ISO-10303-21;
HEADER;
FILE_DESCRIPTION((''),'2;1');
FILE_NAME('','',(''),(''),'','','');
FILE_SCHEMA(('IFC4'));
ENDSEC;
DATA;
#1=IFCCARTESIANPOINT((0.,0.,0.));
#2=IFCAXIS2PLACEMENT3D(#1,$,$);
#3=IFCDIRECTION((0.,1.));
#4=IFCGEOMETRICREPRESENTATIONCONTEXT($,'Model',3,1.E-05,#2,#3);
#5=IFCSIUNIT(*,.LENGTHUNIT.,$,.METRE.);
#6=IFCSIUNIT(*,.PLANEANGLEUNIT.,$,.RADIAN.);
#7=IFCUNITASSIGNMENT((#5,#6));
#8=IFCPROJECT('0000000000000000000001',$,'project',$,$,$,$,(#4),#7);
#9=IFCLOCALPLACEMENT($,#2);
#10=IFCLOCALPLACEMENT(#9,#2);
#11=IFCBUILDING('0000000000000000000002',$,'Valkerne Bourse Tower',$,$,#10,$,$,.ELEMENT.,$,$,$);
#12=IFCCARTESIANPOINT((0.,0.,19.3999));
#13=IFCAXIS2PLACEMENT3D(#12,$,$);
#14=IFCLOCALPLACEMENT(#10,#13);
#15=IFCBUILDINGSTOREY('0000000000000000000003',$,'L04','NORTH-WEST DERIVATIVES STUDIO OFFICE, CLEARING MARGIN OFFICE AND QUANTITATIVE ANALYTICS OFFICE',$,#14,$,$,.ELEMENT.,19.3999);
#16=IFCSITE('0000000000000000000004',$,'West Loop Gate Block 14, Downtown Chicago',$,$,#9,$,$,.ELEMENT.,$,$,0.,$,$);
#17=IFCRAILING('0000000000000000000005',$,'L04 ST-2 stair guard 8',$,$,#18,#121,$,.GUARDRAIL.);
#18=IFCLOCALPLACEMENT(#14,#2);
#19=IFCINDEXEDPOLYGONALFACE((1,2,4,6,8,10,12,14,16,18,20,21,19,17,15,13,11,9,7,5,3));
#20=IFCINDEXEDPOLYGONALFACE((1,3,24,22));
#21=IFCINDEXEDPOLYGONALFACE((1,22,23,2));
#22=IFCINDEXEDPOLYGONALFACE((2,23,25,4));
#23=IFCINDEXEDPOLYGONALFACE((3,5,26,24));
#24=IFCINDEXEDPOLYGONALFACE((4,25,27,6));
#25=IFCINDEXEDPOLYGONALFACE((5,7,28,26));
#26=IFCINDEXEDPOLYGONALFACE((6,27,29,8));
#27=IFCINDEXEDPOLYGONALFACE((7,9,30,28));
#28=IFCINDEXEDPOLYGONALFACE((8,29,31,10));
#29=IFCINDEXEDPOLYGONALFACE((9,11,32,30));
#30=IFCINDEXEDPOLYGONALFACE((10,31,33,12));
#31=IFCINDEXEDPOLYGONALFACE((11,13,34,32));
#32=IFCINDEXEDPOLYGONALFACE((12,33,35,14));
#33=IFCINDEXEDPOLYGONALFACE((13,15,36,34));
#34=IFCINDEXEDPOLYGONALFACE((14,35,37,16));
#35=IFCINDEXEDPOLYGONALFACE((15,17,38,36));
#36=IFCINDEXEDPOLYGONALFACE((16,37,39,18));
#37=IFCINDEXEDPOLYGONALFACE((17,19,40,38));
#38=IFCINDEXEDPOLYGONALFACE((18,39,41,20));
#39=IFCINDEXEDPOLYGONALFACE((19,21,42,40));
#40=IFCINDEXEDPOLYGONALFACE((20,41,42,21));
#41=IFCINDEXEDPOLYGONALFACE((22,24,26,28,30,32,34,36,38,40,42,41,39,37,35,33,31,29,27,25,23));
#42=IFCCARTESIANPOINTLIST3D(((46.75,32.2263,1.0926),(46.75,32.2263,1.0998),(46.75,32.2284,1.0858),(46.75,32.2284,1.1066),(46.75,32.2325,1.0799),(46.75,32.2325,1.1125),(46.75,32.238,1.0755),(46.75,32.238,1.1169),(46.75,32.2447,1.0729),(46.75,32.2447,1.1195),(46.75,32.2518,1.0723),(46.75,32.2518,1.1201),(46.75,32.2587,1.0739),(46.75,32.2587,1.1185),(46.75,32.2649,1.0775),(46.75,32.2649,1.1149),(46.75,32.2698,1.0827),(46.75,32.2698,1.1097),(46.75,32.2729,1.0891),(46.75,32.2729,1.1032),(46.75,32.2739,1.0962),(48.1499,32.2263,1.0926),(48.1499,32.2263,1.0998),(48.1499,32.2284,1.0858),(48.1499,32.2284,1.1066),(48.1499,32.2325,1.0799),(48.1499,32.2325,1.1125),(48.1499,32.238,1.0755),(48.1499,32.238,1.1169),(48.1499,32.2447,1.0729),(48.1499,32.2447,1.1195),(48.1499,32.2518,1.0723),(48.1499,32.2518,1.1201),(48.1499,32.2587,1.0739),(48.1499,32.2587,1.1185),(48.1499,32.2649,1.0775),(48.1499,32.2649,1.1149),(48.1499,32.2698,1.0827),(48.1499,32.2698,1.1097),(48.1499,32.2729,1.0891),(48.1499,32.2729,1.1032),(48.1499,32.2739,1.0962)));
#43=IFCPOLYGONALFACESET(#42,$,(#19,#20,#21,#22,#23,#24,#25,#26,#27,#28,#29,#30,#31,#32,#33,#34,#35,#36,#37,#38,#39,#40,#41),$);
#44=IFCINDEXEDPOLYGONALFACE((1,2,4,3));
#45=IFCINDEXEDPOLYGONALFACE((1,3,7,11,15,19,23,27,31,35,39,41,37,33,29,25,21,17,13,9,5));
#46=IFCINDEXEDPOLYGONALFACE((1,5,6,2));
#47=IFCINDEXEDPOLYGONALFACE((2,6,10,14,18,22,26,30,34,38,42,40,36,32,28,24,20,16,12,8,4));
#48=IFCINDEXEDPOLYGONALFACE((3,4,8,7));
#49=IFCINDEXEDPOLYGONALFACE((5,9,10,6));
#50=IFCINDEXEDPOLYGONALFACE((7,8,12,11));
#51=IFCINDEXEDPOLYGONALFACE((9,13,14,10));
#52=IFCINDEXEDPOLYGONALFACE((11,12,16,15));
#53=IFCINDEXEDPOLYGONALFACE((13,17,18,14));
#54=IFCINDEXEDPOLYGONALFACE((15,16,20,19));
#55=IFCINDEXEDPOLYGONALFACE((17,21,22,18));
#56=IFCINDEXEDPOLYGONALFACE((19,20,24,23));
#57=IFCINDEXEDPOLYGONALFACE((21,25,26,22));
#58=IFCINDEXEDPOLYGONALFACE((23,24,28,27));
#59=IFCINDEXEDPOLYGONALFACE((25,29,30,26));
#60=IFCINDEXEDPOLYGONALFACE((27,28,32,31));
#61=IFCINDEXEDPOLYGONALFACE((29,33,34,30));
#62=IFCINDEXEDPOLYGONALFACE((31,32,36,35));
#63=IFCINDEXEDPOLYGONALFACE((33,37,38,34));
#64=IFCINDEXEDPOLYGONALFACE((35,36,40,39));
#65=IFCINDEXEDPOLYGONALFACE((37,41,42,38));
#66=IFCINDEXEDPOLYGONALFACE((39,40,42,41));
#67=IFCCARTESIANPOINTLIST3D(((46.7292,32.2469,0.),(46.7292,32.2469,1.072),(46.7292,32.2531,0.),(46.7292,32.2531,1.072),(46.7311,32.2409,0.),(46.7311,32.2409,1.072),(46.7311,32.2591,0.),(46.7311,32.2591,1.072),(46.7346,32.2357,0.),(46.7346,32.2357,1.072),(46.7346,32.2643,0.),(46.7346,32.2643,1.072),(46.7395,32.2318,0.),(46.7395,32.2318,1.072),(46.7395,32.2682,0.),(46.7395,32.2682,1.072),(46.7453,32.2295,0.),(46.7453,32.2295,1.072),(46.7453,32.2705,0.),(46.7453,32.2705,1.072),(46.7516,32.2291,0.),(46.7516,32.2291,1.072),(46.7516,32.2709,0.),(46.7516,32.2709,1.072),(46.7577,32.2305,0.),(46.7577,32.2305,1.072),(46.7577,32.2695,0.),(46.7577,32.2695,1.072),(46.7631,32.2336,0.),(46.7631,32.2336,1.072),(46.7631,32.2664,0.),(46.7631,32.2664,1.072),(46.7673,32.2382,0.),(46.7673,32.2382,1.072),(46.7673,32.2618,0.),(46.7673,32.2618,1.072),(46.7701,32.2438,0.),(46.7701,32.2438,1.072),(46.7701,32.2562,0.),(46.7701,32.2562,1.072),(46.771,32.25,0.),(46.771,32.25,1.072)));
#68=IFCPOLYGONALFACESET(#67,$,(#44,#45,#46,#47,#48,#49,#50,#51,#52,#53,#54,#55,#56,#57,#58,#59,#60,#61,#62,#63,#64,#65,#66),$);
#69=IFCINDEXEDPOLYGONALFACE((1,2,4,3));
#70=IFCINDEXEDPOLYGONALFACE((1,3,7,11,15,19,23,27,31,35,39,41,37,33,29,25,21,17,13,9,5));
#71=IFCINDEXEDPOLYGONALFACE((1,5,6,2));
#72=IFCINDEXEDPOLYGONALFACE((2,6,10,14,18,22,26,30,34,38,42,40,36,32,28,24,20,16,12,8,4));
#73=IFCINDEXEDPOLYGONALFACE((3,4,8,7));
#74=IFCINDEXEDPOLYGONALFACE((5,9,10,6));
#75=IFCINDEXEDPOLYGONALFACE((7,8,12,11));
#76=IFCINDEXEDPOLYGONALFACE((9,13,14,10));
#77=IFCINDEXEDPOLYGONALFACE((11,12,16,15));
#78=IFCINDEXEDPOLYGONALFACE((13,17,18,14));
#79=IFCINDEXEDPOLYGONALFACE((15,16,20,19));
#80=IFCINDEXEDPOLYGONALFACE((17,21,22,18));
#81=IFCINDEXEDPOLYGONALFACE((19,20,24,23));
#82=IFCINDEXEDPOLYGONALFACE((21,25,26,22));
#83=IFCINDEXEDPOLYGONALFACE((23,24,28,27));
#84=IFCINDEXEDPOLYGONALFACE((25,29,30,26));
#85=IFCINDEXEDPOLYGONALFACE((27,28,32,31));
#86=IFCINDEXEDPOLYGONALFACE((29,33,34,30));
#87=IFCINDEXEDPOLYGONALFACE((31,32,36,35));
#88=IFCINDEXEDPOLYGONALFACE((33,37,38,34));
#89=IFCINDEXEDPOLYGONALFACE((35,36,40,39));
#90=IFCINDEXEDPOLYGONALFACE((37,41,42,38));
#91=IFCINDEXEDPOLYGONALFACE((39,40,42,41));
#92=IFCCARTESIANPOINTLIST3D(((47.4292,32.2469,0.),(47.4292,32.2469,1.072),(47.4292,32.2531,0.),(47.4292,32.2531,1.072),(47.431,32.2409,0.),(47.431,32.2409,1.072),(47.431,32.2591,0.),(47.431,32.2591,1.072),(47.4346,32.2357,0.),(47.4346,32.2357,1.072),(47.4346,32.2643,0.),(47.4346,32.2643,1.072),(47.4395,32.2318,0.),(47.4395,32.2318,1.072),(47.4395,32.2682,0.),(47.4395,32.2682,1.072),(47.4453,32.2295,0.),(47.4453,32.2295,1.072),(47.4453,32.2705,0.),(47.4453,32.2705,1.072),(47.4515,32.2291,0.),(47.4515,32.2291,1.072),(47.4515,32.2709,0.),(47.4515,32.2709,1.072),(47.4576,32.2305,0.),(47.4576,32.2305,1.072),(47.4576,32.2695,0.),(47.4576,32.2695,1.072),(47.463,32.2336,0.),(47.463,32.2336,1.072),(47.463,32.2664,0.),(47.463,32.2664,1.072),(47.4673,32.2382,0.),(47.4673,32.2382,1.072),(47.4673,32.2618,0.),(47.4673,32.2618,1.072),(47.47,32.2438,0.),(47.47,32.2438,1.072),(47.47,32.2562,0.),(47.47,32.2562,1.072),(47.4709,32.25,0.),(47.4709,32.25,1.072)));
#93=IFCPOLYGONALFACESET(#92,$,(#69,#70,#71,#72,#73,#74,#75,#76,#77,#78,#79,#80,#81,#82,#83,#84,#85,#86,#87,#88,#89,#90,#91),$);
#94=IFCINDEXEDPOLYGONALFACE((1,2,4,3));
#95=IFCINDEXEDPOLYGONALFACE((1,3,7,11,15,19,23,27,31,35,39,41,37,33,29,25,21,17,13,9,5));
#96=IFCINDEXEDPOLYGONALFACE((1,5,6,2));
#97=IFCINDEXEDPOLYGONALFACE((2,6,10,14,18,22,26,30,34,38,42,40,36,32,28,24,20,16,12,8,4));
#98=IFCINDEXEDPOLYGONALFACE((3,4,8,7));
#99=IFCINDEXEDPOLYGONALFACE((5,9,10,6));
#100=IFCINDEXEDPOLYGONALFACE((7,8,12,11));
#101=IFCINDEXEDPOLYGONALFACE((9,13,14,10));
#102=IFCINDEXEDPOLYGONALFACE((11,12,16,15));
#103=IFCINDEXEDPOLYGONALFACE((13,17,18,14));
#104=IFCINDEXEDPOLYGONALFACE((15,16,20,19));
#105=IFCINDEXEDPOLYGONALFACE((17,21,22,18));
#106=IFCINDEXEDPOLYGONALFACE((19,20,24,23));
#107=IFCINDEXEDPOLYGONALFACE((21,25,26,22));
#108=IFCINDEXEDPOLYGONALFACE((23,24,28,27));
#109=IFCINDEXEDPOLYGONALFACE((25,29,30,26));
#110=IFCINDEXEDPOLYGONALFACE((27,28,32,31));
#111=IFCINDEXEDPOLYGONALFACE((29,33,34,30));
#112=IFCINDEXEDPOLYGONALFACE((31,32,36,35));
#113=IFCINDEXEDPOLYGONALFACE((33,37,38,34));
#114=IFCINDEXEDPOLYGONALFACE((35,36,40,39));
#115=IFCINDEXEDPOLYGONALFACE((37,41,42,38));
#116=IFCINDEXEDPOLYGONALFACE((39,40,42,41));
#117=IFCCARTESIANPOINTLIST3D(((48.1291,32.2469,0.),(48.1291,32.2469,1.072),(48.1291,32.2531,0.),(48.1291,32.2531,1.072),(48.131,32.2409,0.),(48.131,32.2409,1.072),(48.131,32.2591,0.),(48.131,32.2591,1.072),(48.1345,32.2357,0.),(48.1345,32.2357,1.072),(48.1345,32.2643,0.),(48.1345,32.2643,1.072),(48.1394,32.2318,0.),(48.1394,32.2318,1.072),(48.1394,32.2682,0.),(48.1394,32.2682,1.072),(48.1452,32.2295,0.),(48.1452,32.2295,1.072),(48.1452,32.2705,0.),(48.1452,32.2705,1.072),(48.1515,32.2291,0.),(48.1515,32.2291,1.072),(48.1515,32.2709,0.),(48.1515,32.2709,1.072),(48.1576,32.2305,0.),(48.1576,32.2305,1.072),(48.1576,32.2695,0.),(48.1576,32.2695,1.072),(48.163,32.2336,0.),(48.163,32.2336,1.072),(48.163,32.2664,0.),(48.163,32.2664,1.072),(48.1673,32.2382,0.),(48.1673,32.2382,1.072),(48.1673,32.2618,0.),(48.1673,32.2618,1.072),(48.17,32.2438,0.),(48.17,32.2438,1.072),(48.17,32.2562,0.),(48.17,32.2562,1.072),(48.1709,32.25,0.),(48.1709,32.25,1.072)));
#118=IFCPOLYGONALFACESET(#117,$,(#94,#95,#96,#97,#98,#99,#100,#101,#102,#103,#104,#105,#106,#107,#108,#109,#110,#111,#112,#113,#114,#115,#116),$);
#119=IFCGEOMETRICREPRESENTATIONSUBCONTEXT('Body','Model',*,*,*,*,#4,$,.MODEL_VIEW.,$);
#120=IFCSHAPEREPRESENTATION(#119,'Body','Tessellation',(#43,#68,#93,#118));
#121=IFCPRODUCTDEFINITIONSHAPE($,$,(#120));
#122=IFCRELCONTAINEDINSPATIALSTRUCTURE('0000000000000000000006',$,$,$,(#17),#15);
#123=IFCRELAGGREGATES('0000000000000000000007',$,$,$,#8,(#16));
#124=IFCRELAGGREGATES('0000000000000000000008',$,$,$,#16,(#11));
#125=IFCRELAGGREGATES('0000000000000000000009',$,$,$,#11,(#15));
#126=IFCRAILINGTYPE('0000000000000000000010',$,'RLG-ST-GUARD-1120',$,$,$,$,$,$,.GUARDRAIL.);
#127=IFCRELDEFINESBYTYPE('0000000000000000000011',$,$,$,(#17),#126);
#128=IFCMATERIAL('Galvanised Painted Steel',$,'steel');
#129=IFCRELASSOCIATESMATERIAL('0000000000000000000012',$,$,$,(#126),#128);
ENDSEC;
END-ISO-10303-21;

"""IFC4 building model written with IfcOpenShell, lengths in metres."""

from ifc_helpers import new_model, si_unit, direction, frame, origin, origin_2d, place, context, subcontext, project, spatial, circle, extrude, material, type_object, element, save


model = new_model("IFC4")

# Units and contexts
model_context = context("Model", 3, precision=1e-05, world=origin(), true_north=direction((0.0, 1.0)))
body_context = subcontext(model_context, "Body", "Model", "MODEL_VIEW")
ifc_project = project(units=[si_unit("LENGTHUNIT", "METRE"), si_unit("PLANEANGLEUNIT", "RADIAN")], contexts=[model_context])

# Site, building, storey
site_placement = place(None, origin())
site = spatial("IfcSite", under=ifc_project, at=site_placement, Name="West Loop Gate Block 14, Downtown Chicago", CompositionType="ELEMENT", RefElevation=0.0)
building_placement = place(site_placement, origin())
building = spatial("IfcBuilding", under=site, at=building_placement, Name="Valkerne Bourse Tower", CompositionType="ELEMENT")
storey_placement = place(building_placement, frame((0.0, 0.0, 19.3999)))
storey = spatial("IfcBuildingStorey", under=building, at=storey_placement, Name="L04", Description="NORTH-WEST DERIVATIVES STUDIO OFFICE, CLEARING MARGIN OFFICE AND QUANTITATIVE ANALYTICS OFFICE", CompositionType="ELEMENT", Elevation=19.3999)

# Shared definitions
ifc_material_1 = material(Name="Galvanised Painted Steel", Category="steel")

# Railing
railing_type_1 = type_object("IfcRailingType", Name="RLG-ST-GUARD-1120", PredefinedType="GUARDRAIL", material=ifc_material_1)
railing_1_placement = place(storey_placement, frame((46.75, 32.25, 0.0)))
element("IfcRailing", 1, at=railing_1_placement, inside=storey, type_object=railing_type_1, Name="L04 ST-2 stair guard 8", PredefinedType="GUARDRAIL", context=body_context, shape_type="SweptSolid", body=[
    extrude(circle(Radius=0.0239, at=origin_2d()), frame((0.0, 0.0, 1.0962), z_axis=(1.0, 0.0, 0.0), x_axis=(0.0, 1.0, 0.0)), (0.0, 0.0, 1.0), 1.3999),
    extrude(circle(Radius=0.021, at=origin_2d()), origin(), (0.0, 0.0, 1.0), 1.072),
    extrude(circle(Radius=0.021, at=origin_2d()), frame((0.7, 0.0, 0.0)), (0.0, 0.0, 1.0), 1.072),
    extrude(circle(Radius=0.021, at=origin_2d()), frame((1.3999, 0.0, 0.0)), (0.0, 0.0, 1.0), 1.072),
])

save(model, "model.ifc")
